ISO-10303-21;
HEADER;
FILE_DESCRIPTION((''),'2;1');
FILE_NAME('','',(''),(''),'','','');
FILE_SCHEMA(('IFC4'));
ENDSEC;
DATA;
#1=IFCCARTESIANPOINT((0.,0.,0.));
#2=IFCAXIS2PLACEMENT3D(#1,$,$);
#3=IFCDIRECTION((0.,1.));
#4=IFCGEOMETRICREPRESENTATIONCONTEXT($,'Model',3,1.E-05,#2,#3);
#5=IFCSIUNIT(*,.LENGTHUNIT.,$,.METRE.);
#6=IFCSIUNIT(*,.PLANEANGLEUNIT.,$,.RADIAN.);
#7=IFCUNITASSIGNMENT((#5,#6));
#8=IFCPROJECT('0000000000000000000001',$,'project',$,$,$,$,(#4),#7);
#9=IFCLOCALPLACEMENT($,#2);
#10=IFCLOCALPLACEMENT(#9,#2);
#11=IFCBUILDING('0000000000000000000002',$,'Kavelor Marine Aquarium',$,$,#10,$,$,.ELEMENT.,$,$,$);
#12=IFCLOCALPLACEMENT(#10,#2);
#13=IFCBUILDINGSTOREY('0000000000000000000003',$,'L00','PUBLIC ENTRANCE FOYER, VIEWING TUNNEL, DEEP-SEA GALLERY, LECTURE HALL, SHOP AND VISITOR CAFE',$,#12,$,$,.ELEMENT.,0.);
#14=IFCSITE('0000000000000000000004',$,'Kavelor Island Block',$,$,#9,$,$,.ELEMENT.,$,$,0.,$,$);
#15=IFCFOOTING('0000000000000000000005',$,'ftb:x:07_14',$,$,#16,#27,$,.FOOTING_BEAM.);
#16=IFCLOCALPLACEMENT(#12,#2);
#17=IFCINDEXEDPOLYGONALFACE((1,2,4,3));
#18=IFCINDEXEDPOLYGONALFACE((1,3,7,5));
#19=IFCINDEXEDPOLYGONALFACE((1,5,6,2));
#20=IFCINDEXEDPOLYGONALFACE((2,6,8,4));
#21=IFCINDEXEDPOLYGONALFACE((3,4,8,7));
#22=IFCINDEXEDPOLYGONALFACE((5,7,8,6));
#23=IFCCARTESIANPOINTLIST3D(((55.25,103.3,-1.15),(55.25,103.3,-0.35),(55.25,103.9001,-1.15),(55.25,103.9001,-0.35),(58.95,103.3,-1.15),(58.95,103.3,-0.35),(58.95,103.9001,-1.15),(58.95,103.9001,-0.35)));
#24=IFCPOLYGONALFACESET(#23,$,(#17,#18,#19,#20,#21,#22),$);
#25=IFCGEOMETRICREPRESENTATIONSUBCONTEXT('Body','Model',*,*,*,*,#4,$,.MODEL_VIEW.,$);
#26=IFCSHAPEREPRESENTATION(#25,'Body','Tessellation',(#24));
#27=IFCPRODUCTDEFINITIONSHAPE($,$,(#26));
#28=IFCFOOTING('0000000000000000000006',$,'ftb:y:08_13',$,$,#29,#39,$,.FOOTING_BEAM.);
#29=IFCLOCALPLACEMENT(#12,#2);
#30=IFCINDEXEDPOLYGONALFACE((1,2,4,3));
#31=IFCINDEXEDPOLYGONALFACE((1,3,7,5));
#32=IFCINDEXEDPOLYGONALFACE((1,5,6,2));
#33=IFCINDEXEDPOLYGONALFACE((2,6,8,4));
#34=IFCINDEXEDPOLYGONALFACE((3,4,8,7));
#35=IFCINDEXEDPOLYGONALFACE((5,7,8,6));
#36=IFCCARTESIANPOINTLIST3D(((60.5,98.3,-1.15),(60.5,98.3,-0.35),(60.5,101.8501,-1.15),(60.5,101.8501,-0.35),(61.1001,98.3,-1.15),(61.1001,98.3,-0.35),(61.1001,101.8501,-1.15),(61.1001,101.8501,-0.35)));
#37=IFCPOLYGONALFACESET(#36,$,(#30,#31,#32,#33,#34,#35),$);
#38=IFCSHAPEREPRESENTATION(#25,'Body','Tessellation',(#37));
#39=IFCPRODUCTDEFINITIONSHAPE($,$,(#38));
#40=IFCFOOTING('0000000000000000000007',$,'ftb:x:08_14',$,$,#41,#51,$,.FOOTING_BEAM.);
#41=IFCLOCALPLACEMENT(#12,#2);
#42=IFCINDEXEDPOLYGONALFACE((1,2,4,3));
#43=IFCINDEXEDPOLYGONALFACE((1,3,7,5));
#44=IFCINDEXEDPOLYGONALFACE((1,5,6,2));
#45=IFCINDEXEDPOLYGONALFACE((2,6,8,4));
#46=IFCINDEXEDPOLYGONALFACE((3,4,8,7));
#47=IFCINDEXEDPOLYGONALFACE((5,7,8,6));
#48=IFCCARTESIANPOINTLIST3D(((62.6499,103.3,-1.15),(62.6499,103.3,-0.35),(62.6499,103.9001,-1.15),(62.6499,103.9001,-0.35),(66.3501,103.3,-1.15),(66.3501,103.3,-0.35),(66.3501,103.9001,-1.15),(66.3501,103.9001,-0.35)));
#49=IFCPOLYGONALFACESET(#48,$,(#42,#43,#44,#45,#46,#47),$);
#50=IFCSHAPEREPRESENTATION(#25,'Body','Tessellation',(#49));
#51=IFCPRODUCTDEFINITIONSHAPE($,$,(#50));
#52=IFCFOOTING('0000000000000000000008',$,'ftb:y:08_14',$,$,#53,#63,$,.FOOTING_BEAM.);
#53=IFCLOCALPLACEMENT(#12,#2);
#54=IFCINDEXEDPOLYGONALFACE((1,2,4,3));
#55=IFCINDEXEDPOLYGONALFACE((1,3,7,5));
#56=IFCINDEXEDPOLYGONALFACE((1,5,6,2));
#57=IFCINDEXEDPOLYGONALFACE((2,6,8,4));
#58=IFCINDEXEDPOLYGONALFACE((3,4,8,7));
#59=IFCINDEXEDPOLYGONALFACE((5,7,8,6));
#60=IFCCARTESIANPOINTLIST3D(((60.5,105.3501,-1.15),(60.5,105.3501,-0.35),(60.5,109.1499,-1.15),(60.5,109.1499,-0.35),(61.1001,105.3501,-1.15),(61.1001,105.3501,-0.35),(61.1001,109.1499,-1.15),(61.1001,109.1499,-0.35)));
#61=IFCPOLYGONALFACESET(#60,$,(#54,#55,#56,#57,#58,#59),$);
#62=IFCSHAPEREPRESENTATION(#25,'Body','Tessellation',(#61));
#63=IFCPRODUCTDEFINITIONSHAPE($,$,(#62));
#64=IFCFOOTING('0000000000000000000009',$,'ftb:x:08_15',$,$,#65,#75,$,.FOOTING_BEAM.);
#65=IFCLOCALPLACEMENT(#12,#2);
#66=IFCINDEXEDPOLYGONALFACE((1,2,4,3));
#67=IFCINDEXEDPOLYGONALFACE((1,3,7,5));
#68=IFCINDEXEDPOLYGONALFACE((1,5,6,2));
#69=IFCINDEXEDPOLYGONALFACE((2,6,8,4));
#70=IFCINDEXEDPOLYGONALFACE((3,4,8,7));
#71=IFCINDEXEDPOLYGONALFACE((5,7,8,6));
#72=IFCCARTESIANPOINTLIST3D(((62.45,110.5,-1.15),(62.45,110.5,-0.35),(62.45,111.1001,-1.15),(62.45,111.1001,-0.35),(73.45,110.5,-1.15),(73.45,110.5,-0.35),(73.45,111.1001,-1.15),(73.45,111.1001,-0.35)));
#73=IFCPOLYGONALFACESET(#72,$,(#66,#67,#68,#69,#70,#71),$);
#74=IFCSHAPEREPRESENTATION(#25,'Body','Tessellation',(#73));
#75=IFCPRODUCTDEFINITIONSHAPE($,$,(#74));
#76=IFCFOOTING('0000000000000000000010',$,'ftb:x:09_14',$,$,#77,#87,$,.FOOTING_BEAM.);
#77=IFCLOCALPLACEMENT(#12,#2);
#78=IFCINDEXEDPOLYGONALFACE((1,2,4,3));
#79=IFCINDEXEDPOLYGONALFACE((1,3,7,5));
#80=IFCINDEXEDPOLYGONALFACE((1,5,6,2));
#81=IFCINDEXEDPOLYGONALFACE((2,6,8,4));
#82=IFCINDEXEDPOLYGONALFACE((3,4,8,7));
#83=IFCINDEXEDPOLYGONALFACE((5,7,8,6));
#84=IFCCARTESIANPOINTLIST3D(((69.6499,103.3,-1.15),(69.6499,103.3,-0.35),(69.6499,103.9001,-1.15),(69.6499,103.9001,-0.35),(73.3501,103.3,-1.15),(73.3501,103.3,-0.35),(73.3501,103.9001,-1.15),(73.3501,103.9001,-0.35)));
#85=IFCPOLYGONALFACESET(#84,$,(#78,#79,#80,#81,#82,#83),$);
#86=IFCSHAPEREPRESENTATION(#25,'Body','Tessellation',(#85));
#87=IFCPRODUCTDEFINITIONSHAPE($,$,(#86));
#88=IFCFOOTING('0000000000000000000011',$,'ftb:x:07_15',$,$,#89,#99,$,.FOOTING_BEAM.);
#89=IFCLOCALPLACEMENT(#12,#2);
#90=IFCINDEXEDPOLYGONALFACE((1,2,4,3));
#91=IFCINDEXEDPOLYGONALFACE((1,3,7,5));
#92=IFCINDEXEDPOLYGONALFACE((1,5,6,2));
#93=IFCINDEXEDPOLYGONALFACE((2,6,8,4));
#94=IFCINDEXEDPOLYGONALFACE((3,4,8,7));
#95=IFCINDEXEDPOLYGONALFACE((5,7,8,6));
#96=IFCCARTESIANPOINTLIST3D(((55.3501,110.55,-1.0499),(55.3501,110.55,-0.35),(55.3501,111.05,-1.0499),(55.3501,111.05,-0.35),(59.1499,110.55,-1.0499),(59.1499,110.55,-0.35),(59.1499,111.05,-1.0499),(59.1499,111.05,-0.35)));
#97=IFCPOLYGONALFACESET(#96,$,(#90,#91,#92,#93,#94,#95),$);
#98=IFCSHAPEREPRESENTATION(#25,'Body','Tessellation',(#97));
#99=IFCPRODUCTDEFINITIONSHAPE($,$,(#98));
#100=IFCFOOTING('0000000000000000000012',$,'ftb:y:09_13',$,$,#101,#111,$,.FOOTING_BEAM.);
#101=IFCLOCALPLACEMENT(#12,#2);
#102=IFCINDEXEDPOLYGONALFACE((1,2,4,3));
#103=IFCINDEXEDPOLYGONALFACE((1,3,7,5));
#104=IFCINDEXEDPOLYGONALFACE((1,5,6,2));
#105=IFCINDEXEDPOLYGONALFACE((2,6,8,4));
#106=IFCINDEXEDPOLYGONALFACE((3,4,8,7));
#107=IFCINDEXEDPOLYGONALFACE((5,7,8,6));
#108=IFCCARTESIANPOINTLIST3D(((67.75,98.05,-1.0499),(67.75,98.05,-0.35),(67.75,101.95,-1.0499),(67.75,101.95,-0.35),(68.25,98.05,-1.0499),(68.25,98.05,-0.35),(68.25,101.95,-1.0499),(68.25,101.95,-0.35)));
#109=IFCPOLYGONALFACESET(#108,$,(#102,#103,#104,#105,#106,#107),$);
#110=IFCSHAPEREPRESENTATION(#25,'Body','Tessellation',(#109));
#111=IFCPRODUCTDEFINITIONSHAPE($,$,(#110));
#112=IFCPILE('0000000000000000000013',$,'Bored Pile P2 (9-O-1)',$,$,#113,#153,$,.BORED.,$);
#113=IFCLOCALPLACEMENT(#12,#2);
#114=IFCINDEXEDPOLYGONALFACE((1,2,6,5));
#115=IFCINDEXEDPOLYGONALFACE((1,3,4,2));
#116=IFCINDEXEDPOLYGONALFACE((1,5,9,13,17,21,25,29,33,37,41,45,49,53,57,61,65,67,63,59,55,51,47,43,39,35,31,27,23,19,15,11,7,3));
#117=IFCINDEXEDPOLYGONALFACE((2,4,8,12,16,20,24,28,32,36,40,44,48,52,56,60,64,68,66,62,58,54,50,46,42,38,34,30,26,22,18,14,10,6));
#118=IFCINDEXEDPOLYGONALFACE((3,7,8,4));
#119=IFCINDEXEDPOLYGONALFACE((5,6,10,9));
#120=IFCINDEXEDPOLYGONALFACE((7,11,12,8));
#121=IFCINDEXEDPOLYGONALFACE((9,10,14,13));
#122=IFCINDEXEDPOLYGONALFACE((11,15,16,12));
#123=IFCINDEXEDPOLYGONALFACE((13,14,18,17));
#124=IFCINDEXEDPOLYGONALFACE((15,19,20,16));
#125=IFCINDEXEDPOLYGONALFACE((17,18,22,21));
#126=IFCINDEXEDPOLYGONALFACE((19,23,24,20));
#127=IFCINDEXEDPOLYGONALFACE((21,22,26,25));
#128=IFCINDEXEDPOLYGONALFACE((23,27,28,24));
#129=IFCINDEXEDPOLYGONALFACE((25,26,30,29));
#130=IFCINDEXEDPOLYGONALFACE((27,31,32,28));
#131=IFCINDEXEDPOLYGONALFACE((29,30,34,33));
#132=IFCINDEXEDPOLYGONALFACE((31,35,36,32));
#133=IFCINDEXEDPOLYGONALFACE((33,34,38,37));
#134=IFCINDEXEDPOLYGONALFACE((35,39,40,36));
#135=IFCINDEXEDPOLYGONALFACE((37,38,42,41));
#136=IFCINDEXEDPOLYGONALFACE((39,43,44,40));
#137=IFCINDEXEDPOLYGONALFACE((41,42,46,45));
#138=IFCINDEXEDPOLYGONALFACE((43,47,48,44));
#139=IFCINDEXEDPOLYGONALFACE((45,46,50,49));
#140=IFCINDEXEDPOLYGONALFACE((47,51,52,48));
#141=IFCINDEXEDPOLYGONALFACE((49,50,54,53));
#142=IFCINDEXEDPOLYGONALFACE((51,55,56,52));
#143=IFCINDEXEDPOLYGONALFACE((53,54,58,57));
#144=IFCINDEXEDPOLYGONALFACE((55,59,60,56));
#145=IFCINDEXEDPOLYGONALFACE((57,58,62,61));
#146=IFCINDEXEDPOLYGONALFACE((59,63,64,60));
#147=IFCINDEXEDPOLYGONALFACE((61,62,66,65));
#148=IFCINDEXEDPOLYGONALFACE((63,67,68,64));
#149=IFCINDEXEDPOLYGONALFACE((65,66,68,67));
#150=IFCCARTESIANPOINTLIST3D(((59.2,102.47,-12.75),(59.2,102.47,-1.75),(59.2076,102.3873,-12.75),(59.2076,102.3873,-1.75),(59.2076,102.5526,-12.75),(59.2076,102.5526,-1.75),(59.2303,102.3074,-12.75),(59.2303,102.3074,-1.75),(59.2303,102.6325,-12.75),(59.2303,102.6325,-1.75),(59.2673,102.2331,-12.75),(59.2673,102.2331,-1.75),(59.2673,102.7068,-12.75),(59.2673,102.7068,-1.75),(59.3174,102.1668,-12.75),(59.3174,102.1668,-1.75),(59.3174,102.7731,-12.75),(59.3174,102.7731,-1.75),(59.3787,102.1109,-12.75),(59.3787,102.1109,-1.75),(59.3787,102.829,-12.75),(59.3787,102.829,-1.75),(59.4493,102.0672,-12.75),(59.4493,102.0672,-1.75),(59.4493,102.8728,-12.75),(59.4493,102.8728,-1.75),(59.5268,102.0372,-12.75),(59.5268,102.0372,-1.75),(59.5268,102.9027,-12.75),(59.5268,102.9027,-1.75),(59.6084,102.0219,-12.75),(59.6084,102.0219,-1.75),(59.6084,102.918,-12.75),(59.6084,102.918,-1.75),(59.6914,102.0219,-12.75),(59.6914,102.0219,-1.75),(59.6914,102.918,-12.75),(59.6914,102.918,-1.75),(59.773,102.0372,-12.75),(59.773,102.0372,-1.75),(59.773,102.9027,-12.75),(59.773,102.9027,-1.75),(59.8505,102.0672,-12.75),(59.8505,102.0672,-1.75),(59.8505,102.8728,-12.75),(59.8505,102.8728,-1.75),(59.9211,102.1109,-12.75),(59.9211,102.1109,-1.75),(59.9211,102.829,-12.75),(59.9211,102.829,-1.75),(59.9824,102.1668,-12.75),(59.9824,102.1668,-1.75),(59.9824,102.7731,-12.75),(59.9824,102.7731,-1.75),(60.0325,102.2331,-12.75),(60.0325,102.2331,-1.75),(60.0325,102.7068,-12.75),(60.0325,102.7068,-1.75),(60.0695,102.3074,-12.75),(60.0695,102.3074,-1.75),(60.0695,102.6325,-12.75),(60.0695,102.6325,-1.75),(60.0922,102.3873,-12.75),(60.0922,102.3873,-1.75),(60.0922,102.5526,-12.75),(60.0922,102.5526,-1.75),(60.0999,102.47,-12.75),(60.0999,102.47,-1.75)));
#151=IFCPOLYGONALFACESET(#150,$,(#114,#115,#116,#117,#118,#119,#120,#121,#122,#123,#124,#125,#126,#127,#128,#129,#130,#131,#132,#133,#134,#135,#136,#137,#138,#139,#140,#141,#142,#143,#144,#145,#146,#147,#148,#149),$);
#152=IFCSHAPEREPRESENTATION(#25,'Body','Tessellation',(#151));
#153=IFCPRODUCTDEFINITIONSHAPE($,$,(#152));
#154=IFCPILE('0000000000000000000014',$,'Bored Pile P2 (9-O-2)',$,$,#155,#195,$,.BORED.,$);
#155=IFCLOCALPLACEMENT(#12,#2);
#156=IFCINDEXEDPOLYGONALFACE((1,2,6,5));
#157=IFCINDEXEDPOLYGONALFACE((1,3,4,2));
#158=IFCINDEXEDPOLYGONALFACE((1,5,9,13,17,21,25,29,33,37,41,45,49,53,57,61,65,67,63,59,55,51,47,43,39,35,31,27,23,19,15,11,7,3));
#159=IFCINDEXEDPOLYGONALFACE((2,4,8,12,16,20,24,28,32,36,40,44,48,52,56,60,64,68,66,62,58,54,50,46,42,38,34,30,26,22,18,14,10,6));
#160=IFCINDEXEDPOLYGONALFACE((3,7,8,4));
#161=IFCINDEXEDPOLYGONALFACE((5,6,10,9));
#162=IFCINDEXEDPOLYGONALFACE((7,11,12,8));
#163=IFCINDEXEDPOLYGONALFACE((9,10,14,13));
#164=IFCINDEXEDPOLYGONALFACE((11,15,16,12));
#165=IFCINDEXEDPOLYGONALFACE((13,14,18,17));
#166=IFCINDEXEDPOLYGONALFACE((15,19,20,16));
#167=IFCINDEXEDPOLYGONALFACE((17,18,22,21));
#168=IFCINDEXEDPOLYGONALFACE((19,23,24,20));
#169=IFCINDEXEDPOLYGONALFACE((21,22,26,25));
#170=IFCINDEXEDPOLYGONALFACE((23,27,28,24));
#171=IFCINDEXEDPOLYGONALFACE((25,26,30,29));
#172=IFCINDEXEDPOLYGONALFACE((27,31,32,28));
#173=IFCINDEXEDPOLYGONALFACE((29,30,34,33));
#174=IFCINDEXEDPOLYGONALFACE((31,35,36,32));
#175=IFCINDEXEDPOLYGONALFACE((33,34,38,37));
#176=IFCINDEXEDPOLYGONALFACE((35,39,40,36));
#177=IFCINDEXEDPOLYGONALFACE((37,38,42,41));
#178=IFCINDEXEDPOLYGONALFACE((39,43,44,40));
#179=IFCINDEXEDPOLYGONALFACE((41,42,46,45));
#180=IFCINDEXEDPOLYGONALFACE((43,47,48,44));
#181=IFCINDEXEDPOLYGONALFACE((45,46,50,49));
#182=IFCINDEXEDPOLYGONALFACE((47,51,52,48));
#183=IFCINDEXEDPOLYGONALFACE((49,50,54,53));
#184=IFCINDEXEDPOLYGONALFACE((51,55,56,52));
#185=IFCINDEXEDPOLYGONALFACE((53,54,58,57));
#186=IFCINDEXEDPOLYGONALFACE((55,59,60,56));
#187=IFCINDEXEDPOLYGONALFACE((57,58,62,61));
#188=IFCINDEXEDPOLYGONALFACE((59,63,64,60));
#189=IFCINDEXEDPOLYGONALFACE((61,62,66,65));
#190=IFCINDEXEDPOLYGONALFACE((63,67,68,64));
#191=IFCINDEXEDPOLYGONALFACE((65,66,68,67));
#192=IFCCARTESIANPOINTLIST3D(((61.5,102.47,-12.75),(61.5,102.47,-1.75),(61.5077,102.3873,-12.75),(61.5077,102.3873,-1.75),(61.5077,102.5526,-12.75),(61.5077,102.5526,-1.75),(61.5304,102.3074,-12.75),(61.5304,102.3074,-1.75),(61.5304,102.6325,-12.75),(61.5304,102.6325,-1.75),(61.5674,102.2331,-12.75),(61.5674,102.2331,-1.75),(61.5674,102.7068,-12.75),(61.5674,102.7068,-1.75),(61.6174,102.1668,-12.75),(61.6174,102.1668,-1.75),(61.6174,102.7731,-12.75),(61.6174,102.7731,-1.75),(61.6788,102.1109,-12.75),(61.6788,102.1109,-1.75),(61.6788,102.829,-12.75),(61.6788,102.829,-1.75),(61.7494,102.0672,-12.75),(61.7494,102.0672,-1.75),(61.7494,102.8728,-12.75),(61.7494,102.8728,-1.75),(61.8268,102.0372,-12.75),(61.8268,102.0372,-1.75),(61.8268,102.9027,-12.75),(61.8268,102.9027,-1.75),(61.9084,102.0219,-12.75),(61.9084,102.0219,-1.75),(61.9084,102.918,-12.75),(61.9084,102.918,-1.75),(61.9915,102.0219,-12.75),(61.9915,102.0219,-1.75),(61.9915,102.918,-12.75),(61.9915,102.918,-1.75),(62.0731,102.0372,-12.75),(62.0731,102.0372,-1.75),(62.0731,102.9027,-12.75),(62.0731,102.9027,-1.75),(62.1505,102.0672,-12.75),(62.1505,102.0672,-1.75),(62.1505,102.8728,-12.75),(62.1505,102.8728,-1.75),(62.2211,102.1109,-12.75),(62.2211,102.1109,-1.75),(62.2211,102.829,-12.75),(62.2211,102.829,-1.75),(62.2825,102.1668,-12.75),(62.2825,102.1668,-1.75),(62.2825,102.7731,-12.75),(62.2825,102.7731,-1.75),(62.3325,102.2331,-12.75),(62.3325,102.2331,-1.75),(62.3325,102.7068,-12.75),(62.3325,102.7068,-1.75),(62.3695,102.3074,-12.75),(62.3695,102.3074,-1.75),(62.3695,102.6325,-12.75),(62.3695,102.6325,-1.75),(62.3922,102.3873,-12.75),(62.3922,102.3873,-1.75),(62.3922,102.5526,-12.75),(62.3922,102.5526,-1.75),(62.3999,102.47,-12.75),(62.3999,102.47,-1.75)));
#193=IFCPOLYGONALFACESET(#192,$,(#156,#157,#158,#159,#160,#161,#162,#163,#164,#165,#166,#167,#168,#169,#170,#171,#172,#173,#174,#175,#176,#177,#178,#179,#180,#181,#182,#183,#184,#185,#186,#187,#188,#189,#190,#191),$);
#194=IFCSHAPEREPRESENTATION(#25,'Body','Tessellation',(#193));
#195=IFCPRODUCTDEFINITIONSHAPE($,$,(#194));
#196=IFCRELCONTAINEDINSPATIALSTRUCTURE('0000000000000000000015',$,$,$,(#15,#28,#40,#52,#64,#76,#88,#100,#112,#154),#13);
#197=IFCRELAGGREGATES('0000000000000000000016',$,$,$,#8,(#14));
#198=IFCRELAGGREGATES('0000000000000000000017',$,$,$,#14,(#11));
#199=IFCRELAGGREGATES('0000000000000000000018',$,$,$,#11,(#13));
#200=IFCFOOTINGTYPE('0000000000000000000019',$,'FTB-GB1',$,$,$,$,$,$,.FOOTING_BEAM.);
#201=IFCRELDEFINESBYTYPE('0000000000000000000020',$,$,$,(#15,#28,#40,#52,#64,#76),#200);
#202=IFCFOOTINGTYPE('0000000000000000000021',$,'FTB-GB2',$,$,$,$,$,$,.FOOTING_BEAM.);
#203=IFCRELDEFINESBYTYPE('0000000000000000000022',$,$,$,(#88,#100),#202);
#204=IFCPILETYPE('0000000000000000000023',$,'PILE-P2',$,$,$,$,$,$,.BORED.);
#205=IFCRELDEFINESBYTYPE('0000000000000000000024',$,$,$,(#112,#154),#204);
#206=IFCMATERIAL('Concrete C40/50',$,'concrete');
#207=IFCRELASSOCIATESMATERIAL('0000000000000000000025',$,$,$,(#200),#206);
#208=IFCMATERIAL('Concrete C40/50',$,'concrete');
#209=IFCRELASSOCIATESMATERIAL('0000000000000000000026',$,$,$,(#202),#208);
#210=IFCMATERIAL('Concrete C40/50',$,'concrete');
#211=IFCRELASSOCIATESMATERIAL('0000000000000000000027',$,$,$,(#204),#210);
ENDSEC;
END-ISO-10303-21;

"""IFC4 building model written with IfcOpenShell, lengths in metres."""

from ifc_helpers import new_model, si_unit, direction, frame, origin, origin_2d, place, context, subcontext, project, spatial, rectangle, circle, extrude, material, material_profile, profile_set, type_object, element, save


model = new_model("IFC4")

# Units and contexts
model_context = context("Model", 3, precision=1e-05, world=origin(), true_north=direction((0.0, 1.0)))
body_context = subcontext(model_context, "Body", "Model", "MODEL_VIEW")
ifc_project = project(units=[si_unit("LENGTHUNIT", "METRE"), si_unit("PLANEANGLEUNIT", "RADIAN")], contexts=[model_context])

# Site, building, storey
site_placement = place(None, origin())
site = spatial("IfcSite", under=ifc_project, at=site_placement, Name="Kavelor Island Block", CompositionType="ELEMENT", RefElevation=0.0)
building_placement = place(site_placement, origin())
building = spatial("IfcBuilding", under=site, at=building_placement, Name="Kavelor Marine Aquarium", CompositionType="ELEMENT")
storey_placement = place(building_placement, origin())
storey = spatial("IfcBuildingStorey", under=building, at=storey_placement, Name="L00", Description="PUBLIC ENTRANCE FOYER, VIEWING TUNNEL, DEEP-SEA GALLERY, LECTURE HALL, SHOP AND VISITOR CAFE", CompositionType="ELEMENT", Elevation=0.0)

# Footings
ifc_material_1 = material(Name="Concrete C40/50", Category="concrete")
ifc_material_profile_1 = material_profile(ifc_material_1, rectangle(XDim=0.6001, YDim=0.8, at=origin_2d()), Name="GB 600x800")
ifc_profile_set_1 = profile_set([ifc_material_profile_1], Name="Concrete C40/50")
footing_type_1 = type_object("IfcFootingType", Name="FTB-GB1", PredefinedType="FOOTING_BEAM", material=ifc_profile_set_1)
footing_1_placement = place(storey_placement, frame((55.25, 103.6001, -0.75), z_axis=(1.0, 0.0, 0.0), x_axis=(0.0, 1.0, 0.0)))
element("IfcFooting", 1, at=footing_1_placement, inside=storey, type_object=footing_type_1, Name="ftb:x:07_14", PredefinedType="FOOTING_BEAM", context=body_context, shape_type="SweptSolid", body=[
    extrude(rectangle(XDim=0.6001, YDim=0.8, at=origin_2d()), origin(), (0.0, 0.0, 1.0), 3.7),
])
footing_2_placement = place(storey_placement, frame((60.8, 98.3, -0.75), z_axis=(0.0, 1.0, 0.0), x_axis=(-1.0, 0.0, 0.0)))
element("IfcFooting", 2, at=footing_2_placement, inside=storey, type_object=footing_type_1, Name="ftb:y:08_13", PredefinedType="FOOTING_BEAM", context=body_context, shape_type="SweptSolid", body=[
    extrude(rectangle(XDim=0.6001, YDim=0.8, at=origin_2d()), origin(), (0.0, 0.0, 1.0), 3.55),
])
footing_3_placement = place(storey_placement, frame((62.6499, 103.6001, -0.75), z_axis=(1.0, 0.0, 0.0), x_axis=(0.0, 1.0, 0.0)))
element("IfcFooting", 3, at=footing_3_placement, inside=storey, type_object=footing_type_1, Name="ftb:x:08_14", PredefinedType="FOOTING_BEAM", context=body_context, shape_type="SweptSolid", body=[
    extrude(rectangle(XDim=0.6001, YDim=0.8, at=origin_2d()), origin(), (0.0, 0.0, 1.0), 3.7002),
])
footing_4_placement = place(storey_placement, frame((60.8, 105.3501, -0.75), z_axis=(0.0, 1.0, 0.0), x_axis=(-1.0, 0.0, 0.0)))
element("IfcFooting", 4, at=footing_4_placement, inside=storey, type_object=footing_type_1, Name="ftb:y:08_14", PredefinedType="FOOTING_BEAM", context=body_context, shape_type="SweptSolid", body=[
    extrude(rectangle(XDim=0.6001, YDim=0.8, at=origin_2d()), origin(), (0.0, 0.0, 1.0), 3.7998),
])
footing_5_placement = place(storey_placement, frame((62.45, 110.8, -0.75), z_axis=(1.0, 0.0, 0.0), x_axis=(0.0, 1.0, 0.0)))
element("IfcFooting", 5, at=footing_5_placement, inside=storey, type_object=footing_type_1, Name="ftb:x:08_15", PredefinedType="FOOTING_BEAM", context=body_context, shape_type="SweptSolid", body=[
    extrude(rectangle(XDim=0.6001, YDim=0.8, at=origin_2d()), origin(), (0.0, 0.0, 1.0), 11.0),
])
footing_6_placement = place(storey_placement, frame((69.6499, 103.6001, -0.75), z_axis=(1.0, 0.0, 0.0), x_axis=(0.0, 1.0, 0.0)))
element("IfcFooting", 6, at=footing_6_placement, inside=storey, type_object=footing_type_1, Name="ftb:x:09_14", PredefinedType="FOOTING_BEAM", context=body_context, shape_type="SweptSolid", body=[
    extrude(rectangle(XDim=0.6001, YDim=0.8, at=origin_2d()), origin(), (0.0, 0.0, 1.0), 3.7002),
])
ifc_material_2 = material(Name="Concrete C40/50", Category="concrete")
ifc_material_profile_2 = material_profile(ifc_material_2, rectangle(XDim=0.5, YDim=0.7, at=origin_2d()), Name="GB 500x700")
ifc_profile_set_2 = profile_set([ifc_material_profile_2], Name="Concrete C40/50")
footing_type_2 = type_object("IfcFootingType", Name="FTB-GB2", PredefinedType="FOOTING_BEAM", material=ifc_profile_set_2)
footing_7_placement = place(storey_placement, frame((55.3501, 110.8, -0.7), z_axis=(1.0, 0.0, 0.0), x_axis=(0.0, 1.0, 0.0)))
element("IfcFooting", 7, at=footing_7_placement, inside=storey, type_object=footing_type_2, Name="ftb:x:07_15", PredefinedType="FOOTING_BEAM", context=body_context, shape_type="SweptSolid", body=[
    extrude(rectangle(XDim=0.5, YDim=0.7, at=origin_2d()), origin(), (0.0, 0.0, 1.0), 3.7998),
])
footing_8_placement = place(storey_placement, frame((68.0, 98.05, -0.7), z_axis=(0.0, 1.0, 0.0), x_axis=(-1.0, 0.0, 0.0)))
element("IfcFooting", 8, at=footing_8_placement, inside=storey, type_object=footing_type_2, Name="ftb:y:09_13", PredefinedType="FOOTING_BEAM", context=body_context, shape_type="SweptSolid", body=[
    extrude(rectangle(XDim=0.5, YDim=0.7, at=origin_2d()), origin(), (0.0, 0.0, 1.0), 3.8999),
])

# Piles
ifc_material_3 = material(Name="Concrete C40/50", Category="concrete")
ifc_material_profile_3 = material_profile(ifc_material_3, circle(Radius=0.45, at=origin_2d()), Name="PILE D900")
ifc_profile_set_3 = profile_set([ifc_material_profile_3], Name="Concrete C40/50")
pile_type_1 = type_object("IfcPileType", Name="PILE-P2", PredefinedType="BORED", material=ifc_profile_set_3)
for number, where, z_axis, x_axis, name in (
    (9, (59.6499, 102.47, -1.75), (0.0, 0.0, -1.0), (1.0, 0.0, 0.0), "Bored Pile P2 (9-O-1)"),
    (10, (61.95, 102.47, -1.75), (0.0, 0.0, -1.0), (1.0, 0.0, 0.0), "Bored Pile P2 (9-O-2)"),
):
    element("IfcPile", number, at=place(storey_placement, frame(where, z_axis=z_axis, x_axis=x_axis)), inside=storey, type_object=pile_type_1, Name=name, PredefinedType="BORED", context=body_context, shape_type="SweptSolid", body=[
        extrude(circle(Radius=0.45, at=origin_2d()), origin(), (0.0, 0.0, 1.0), 11.0),
    ])

save(model, "model.ifc")
